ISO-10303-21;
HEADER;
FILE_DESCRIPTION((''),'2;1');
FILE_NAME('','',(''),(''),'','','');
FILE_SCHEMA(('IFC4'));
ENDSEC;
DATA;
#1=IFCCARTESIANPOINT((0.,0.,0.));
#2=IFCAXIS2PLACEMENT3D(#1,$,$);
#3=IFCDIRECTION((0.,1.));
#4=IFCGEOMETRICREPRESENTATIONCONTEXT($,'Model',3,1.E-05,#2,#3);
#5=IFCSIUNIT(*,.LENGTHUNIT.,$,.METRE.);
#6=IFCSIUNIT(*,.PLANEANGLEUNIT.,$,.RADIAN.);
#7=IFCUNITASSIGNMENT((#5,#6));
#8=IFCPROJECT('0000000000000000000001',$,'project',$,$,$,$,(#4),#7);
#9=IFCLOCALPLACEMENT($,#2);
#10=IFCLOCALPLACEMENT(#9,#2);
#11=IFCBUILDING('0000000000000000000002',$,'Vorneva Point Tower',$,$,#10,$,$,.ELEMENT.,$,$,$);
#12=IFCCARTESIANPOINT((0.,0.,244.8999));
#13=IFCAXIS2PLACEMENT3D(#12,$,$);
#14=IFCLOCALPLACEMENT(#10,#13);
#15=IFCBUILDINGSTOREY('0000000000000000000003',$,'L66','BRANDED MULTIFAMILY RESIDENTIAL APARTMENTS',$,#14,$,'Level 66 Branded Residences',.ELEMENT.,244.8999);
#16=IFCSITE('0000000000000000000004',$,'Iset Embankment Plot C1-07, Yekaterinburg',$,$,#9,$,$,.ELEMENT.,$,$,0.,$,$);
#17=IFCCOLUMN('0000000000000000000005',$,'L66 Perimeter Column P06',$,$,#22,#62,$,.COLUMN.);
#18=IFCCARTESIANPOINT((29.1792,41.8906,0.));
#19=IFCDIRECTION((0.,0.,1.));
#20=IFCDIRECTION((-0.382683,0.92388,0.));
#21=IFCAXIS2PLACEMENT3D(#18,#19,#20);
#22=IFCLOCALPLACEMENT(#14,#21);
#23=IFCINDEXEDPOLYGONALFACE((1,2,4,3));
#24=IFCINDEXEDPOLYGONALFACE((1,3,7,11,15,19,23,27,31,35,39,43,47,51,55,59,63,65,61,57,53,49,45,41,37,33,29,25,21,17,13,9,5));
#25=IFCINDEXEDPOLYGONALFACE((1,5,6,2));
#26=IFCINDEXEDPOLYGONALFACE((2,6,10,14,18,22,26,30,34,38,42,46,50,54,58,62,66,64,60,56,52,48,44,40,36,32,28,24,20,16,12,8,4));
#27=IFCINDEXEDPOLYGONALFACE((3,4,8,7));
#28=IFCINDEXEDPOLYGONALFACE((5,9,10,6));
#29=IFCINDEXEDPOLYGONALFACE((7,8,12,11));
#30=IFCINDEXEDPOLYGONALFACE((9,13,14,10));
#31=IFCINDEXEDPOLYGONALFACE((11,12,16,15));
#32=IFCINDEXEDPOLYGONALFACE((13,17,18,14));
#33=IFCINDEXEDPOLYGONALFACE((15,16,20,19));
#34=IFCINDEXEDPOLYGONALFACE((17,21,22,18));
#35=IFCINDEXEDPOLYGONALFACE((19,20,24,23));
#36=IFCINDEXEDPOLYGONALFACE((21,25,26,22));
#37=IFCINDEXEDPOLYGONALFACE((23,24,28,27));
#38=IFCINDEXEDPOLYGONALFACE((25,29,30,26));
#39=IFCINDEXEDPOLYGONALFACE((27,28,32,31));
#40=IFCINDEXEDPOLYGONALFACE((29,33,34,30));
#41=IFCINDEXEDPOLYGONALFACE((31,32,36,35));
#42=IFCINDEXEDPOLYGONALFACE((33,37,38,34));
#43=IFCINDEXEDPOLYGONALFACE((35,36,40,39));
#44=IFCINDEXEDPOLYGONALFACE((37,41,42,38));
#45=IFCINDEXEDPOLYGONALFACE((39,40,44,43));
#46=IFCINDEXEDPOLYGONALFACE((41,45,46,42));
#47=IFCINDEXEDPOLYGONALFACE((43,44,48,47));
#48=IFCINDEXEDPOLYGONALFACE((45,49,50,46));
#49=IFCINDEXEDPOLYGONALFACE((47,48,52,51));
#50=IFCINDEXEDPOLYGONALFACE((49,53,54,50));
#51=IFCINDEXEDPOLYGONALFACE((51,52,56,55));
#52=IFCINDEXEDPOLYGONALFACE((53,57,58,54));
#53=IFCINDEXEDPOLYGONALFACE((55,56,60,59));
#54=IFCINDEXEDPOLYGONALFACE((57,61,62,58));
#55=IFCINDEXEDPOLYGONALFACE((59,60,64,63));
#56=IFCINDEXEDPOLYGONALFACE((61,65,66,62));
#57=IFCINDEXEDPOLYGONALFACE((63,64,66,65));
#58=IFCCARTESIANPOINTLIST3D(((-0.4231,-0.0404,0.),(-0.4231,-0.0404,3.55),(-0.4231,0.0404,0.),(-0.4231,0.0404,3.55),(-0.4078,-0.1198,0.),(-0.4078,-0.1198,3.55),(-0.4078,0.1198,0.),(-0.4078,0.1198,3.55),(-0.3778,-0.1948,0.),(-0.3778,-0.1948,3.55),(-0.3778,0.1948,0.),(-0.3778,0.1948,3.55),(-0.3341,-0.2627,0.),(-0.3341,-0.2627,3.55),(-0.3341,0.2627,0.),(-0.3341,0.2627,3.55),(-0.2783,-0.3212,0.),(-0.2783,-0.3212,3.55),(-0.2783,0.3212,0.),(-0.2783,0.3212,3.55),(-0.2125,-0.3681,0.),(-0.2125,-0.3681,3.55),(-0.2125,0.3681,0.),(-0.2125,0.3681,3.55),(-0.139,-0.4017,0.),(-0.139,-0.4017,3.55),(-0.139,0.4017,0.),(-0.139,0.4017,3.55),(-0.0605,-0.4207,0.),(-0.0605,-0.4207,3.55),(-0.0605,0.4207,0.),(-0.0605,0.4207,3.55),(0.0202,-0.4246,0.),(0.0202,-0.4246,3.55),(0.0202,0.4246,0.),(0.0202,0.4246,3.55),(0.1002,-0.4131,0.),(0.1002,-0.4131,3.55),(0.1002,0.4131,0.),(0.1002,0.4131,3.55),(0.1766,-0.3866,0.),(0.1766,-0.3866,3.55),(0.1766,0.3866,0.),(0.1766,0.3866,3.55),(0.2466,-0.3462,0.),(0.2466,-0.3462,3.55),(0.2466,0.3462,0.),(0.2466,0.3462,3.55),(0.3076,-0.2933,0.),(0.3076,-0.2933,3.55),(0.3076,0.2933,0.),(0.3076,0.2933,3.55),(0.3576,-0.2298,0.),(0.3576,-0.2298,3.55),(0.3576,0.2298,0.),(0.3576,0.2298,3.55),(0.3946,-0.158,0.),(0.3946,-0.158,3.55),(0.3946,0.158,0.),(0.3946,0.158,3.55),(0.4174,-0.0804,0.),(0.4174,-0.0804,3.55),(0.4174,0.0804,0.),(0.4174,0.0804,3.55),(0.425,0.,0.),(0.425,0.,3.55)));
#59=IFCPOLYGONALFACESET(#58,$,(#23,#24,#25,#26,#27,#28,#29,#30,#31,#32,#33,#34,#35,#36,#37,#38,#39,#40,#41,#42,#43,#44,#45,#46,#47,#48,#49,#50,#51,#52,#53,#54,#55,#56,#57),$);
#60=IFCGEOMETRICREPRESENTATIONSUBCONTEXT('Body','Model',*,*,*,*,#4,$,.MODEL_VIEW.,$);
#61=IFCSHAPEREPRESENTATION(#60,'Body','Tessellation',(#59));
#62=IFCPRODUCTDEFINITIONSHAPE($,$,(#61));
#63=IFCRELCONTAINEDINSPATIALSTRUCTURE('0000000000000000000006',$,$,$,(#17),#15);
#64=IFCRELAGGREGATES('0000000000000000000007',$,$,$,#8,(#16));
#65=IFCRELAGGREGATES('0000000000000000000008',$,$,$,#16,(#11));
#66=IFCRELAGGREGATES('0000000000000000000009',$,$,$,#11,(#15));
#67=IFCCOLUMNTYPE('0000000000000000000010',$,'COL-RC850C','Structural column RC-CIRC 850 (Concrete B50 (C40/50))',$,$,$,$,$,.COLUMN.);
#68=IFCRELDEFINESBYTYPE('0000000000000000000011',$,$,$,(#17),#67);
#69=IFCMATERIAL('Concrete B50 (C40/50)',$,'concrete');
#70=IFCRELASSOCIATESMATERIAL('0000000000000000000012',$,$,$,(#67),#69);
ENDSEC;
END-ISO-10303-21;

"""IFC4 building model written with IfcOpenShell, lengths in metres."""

from ifc_helpers import new_model, si_unit, direction, frame, origin, origin_2d, place, context, subcontext, project, spatial, circle, extrude, material, material_profile, profile_set, type_object, element, save


model = new_model("IFC4")

# Units and contexts
model_context = context("Model", 3, precision=1e-05, world=origin(), true_north=direction((0.0, 1.0)))
body_context = subcontext(model_context, "Body", "Model", "MODEL_VIEW")
ifc_project = project(units=[si_unit("LENGTHUNIT", "METRE"), si_unit("PLANEANGLEUNIT", "RADIAN")], contexts=[model_context])

# Site, building, storey
site_placement = place(None, origin())
site = spatial("IfcSite", under=ifc_project, at=site_placement, Name="Iset Embankment Plot C1-07, Yekaterinburg", CompositionType="ELEMENT", RefElevation=0.0)
building_placement = place(site_placement, origin())
building = spatial("IfcBuilding", under=site, at=building_placement, Name="Vorneva Point Tower", CompositionType="ELEMENT")
storey_placement = place(building_placement, frame((0.0, 0.0, 244.8999)))
storey = spatial("IfcBuildingStorey", under=building, at=storey_placement, Name="L66", Description="BRANDED MULTIFAMILY RESIDENTIAL APARTMENTS", LongName="Level 66 Branded Residences", CompositionType="ELEMENT", Elevation=244.8999)

# Column
ifc_material_1 = material(Name="Concrete B50 (C40/50)", Category="concrete")
ifc_material_profile_1 = material_profile(ifc_material_1, circle(Radius=0.425, at=origin_2d()), Name="RC-CIRC 850")
ifc_profile_set_1 = profile_set([ifc_material_profile_1], Name="Concrete B50 (C40/50)")
column_type = type_object("IfcColumnType", Name="COL-RC850C", Description="Structural column RC-CIRC 850 (Concrete B50 (C40/50))", PredefinedType="COLUMN", material=ifc_profile_set_1)
column_placement = place(storey_placement, frame((29.1792, 41.8906, 0.0), z_axis=(0.0, 0.0, 1.0), x_axis=(-0.382683, 0.92388, 0.0)))
element("IfcColumn", 1, at=column_placement, inside=storey, type_object=column_type, Name="L66 Perimeter Column P06", PredefinedType="COLUMN", context=body_context, shape_type="SweptSolid", body=[
    extrude(circle(Radius=0.425, at=origin_2d()), origin(), (0.0, 0.0, 1.0), 3.55),
])

save(model, "model.ifc")
